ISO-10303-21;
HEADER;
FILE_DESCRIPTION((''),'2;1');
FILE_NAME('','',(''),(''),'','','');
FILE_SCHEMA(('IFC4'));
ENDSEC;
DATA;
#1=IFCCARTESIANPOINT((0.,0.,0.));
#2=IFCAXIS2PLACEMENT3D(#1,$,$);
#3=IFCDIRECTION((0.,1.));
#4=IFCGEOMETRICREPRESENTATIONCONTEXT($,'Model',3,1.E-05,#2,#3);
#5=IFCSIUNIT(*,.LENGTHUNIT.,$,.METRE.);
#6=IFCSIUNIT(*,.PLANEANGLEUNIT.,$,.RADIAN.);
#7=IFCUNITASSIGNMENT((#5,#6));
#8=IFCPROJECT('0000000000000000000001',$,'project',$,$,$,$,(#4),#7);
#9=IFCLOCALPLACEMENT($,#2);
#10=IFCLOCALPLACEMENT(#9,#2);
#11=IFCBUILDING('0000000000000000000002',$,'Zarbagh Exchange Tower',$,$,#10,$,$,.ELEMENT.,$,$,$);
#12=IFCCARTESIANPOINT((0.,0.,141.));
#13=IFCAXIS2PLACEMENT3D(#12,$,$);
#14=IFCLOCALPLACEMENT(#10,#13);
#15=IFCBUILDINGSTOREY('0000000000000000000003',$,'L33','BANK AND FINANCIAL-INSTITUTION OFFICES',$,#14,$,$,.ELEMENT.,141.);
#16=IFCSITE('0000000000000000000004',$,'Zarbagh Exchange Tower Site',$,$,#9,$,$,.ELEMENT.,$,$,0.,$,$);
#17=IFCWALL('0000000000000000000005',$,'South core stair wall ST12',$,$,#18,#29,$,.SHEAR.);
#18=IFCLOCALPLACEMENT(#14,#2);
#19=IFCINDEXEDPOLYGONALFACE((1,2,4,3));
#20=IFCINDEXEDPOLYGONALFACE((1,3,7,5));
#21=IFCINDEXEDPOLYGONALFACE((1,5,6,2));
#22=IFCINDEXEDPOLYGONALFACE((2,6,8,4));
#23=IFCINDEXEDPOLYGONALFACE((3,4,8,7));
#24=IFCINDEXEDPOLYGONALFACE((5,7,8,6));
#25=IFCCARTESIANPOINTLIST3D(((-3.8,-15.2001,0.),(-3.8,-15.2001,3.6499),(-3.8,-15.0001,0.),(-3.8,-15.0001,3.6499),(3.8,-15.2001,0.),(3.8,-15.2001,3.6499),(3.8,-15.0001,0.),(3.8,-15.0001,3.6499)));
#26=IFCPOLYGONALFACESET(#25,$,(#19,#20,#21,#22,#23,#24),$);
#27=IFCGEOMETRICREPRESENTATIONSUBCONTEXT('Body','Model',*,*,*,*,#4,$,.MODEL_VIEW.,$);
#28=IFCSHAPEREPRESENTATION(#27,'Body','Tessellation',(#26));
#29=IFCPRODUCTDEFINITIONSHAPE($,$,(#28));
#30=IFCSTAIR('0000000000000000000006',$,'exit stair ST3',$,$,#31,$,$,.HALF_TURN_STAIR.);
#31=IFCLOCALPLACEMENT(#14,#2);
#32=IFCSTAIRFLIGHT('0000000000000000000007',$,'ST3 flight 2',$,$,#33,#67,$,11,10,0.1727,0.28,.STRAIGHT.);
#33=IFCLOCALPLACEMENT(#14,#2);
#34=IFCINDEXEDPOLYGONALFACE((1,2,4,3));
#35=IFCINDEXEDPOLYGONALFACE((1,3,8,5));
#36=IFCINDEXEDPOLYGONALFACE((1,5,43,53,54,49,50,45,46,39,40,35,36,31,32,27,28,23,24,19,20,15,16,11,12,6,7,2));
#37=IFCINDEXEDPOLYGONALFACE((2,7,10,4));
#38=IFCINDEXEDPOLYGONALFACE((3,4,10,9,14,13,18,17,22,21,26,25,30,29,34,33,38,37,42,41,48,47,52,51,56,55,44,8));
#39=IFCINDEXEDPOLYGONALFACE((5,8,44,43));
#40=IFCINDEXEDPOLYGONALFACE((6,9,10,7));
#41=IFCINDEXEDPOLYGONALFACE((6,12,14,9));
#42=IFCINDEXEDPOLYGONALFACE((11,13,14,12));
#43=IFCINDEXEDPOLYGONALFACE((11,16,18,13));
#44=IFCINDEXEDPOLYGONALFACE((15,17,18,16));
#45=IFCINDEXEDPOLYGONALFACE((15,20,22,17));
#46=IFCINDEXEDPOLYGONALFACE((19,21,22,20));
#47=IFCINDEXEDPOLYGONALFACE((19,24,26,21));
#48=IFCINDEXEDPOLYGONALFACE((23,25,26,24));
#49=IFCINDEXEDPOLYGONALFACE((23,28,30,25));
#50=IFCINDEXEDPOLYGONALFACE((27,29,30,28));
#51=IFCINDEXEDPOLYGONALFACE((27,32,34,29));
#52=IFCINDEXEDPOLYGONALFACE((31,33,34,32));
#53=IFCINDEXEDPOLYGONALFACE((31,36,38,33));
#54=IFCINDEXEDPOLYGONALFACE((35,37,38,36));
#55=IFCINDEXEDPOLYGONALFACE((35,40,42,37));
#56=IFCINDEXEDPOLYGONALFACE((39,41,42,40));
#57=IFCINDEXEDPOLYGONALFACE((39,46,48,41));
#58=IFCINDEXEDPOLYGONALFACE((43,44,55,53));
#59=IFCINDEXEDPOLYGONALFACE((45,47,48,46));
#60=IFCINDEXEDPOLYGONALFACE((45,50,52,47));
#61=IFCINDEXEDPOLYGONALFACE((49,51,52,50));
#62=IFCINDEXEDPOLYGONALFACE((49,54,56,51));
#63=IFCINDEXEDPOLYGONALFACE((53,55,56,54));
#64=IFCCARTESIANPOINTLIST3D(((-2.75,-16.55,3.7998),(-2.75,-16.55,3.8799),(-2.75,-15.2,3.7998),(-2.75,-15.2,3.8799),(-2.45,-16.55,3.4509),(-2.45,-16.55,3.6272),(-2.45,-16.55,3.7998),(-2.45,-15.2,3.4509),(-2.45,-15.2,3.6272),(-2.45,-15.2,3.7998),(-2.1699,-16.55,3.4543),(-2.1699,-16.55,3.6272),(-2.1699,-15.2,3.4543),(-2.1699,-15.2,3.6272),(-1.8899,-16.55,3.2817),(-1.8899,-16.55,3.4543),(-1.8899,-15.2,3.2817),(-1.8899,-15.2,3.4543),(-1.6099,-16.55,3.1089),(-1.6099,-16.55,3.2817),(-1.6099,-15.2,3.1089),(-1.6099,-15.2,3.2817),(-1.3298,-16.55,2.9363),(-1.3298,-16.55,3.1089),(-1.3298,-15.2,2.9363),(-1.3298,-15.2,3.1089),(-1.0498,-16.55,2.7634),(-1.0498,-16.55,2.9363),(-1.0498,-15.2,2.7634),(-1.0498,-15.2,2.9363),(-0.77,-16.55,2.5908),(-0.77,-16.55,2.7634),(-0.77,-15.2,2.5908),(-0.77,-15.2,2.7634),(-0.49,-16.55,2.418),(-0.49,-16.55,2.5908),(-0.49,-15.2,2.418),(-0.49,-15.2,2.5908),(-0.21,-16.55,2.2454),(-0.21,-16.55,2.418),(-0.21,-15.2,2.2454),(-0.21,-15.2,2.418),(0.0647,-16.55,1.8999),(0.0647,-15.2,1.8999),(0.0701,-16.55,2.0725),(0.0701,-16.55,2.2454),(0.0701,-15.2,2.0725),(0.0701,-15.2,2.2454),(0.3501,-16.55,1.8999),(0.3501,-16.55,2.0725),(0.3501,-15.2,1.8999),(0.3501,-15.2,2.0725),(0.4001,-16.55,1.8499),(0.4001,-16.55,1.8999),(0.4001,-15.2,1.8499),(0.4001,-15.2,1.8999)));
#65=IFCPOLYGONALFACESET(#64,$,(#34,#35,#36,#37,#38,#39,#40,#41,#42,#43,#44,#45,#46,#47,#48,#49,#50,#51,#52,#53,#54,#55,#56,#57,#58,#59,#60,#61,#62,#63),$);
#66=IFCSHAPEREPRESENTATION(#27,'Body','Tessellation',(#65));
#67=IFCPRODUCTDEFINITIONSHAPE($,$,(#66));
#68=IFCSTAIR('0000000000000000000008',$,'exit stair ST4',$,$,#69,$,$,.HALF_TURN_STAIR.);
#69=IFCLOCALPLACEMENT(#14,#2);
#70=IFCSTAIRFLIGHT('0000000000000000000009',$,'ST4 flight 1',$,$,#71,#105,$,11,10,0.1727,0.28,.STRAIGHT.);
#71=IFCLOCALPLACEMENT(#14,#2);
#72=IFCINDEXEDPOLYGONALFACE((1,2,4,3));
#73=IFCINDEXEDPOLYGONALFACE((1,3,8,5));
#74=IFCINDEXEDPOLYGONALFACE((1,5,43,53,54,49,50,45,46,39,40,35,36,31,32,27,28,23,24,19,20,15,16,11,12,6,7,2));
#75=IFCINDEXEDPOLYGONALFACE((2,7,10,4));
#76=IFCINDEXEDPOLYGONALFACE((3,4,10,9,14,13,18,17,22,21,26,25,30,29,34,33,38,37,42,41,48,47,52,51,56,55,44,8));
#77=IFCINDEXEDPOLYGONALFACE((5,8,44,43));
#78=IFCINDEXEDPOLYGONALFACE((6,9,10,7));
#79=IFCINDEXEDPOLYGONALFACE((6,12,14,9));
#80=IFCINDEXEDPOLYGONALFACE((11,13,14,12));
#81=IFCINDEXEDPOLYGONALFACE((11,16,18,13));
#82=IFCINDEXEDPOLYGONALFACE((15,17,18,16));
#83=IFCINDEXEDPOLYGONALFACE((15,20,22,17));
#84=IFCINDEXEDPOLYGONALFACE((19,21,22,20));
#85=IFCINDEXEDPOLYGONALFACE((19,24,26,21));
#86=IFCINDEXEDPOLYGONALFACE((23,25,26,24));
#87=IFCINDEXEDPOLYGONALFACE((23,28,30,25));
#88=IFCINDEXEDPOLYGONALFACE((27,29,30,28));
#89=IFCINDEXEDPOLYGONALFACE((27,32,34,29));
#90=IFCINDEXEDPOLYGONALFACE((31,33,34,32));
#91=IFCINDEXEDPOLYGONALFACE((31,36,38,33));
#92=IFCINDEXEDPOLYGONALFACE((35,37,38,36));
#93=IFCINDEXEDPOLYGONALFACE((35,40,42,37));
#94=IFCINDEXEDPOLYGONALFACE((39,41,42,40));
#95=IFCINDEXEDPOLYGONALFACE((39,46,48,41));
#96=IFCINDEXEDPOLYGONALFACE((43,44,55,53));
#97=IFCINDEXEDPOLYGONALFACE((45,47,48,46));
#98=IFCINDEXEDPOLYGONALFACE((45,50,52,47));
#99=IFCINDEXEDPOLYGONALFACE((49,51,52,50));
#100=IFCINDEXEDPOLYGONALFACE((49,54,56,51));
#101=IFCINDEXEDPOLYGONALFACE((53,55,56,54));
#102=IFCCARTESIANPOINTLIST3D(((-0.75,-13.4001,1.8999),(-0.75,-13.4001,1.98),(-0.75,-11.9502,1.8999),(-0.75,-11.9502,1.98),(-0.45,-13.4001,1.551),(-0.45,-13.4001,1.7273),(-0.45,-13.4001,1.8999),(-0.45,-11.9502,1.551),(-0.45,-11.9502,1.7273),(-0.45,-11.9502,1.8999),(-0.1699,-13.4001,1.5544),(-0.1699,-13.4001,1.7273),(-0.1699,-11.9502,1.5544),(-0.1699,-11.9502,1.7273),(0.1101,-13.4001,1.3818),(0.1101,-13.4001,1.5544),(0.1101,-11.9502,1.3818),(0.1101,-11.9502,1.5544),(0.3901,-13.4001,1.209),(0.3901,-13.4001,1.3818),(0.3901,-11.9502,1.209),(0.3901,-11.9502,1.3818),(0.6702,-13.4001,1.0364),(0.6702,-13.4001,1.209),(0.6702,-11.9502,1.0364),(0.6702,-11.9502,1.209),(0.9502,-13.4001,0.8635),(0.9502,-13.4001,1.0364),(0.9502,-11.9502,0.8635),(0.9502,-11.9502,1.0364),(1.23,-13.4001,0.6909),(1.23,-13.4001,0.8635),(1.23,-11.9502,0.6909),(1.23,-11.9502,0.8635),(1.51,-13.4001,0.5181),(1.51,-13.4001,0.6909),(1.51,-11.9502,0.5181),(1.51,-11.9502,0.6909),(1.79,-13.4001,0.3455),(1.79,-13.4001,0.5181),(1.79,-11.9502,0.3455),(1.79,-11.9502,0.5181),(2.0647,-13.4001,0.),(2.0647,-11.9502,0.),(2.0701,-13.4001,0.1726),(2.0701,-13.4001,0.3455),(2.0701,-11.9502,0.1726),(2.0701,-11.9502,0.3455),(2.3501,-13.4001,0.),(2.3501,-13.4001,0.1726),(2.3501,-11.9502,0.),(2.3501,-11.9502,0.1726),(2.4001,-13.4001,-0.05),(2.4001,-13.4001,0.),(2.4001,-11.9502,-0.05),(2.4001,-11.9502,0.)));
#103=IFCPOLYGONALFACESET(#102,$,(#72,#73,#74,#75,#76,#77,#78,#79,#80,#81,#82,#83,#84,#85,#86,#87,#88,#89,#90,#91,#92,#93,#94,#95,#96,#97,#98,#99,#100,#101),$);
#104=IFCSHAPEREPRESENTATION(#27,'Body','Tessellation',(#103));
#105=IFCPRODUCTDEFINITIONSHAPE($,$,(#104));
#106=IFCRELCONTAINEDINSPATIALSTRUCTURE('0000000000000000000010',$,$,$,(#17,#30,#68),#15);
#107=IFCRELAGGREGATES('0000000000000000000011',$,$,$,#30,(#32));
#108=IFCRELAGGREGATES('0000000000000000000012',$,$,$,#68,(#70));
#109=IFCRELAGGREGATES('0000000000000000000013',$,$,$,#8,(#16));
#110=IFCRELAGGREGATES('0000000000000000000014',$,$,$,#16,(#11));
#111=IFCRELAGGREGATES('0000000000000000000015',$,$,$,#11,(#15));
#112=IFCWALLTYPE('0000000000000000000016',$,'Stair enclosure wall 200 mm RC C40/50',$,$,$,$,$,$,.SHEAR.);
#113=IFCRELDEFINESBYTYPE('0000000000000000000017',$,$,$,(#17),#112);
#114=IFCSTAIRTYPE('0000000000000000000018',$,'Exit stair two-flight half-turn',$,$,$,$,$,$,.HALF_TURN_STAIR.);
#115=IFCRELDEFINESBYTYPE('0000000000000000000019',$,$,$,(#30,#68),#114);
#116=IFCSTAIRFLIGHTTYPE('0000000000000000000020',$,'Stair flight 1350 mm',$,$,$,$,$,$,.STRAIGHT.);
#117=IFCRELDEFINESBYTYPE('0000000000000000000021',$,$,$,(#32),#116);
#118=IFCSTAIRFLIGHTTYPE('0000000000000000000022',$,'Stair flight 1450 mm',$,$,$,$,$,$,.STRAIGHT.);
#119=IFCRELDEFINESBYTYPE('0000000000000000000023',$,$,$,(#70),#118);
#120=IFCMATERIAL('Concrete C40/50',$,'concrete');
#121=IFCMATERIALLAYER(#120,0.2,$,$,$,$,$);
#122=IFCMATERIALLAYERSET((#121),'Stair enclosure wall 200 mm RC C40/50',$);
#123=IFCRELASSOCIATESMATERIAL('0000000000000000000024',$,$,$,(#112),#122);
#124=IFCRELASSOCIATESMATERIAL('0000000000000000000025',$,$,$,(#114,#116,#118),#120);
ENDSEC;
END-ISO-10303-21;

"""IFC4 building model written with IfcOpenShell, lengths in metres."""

from ifc_helpers import new_model, si_unit, direction, frame, frame_2d, origin, place, context, subcontext, project, spatial, polyline, rectangle, outline, extrude, material, layer, layer_set, type_object, element, aggregate, save


model = new_model("IFC4")

# Units and contexts
model_context = context("Model", 3, precision=1e-05, world=origin(), true_north=direction((0.0, 1.0)))
body_context = subcontext(model_context, "Body", "Model", "MODEL_VIEW")
ifc_project = project(units=[si_unit("LENGTHUNIT", "METRE"), si_unit("PLANEANGLEUNIT", "RADIAN")], contexts=[model_context])

# Site, building, storey
site_placement = place(None, origin())
site = spatial("IfcSite", under=ifc_project, at=site_placement, Name="Zarbagh Exchange Tower Site", CompositionType="ELEMENT", RefElevation=0.0)
building_placement = place(site_placement, origin())
building = spatial("IfcBuilding", under=site, at=building_placement, Name="Zarbagh Exchange Tower", CompositionType="ELEMENT")
storey_placement = place(building_placement, frame((0.0, 0.0, 141.0)))
storey = spatial("IfcBuildingStorey", under=building, at=storey_placement, Name="L33", Description="BANK AND FINANCIAL-INSTITUTION OFFICES", CompositionType="ELEMENT", Elevation=141.0)

# Wall
ifc_material_1 = material(Name="Concrete C40/50", Category="concrete")
ifc_layer_1 = layer(ifc_material_1, 0.2)
ifc_layer_set_1 = layer_set([ifc_layer_1], Name="Stair enclosure wall 200 mm RC C40/50")
wall_type_1 = type_object("IfcWallType", Name="Stair enclosure wall 200 mm RC C40/50", PredefinedType="SHEAR", material=ifc_layer_set_1)
for number, where, z_axis, x_axis, name in (
    (1, (3.8, -15.1001, 0.0), (0.0, 0.0, 1.0), (-1.0, 0.0, 0.0), "South core stair wall ST12"),
):
    element("IfcWall", number, at=place(storey_placement, frame(where, z_axis=z_axis, x_axis=x_axis)), inside=storey, type_object=wall_type_1, Name=name, PredefinedType="SHEAR", context=body_context, shape_type="SweptSolid", body=[
        extrude(rectangle(XDim=7.6001, YDim=0.2, at=frame_2d((3.8, 0.0))), origin(), (0.0, 0.0, 1.0), 3.6499),
    ])

# Stairs, stair flights
stair_type = type_object("IfcStairType", Name="Exit stair two-flight half-turn", PredefinedType="HALF_TURN_STAIR", material=ifc_material_1)
stair_1_placement = place(storey_placement, origin())
stair_1 = element("IfcStair", 2, at=stair_1_placement, inside=storey, type_object=stair_type, Name="exit stair ST3", PredefinedType="HALF_TURN_STAIR")
stair_flight_type_1 = type_object("IfcStairFlightType", Name="Stair flight 1350 mm", PredefinedType="STRAIGHT", material=ifc_material_1)
stair_flight_1_placement = place(storey_placement, frame((0.3501, -15.875, 1.8999), z_axis=(0.0, 0.0, 1.0), x_axis=(-1.0, 0.0, 0.0)))
stair_flight_1 = element("IfcStairFlight", 3, at=stair_flight_1_placement, type_object=stair_flight_type_1, Name="ST3 flight 2", NumberOfRisers=11, NumberOfTreads=10, PredefinedType="STRAIGHT", RiserHeight=0.1727, TreadLength=0.28, context=body_context, shape_type="SweptSolid", body=[
    extrude(outline(polyline([(-0.05, -0.05), (-0.05, 0.0), (0.0, 0.0), (0.0, 0.1726), (0.28, 0.1726), (0.28, 0.3455), (0.5601, 0.3455), (0.5601, 0.5181), (0.8401, 0.5181), (0.8401, 0.6909), (1.1201, 0.6909), (1.1201, 0.8635), (1.3999, 0.8635), (1.3999, 1.0364), (1.6799, 1.0364), (1.6799, 1.209), (1.96, 1.209), (1.96, 1.3818), (2.24, 1.3818), (2.24, 1.5544), (2.52, 1.5544), (2.52, 1.7273), (2.8, 1.7273), (2.8, 1.8999), (3.1001, 1.98), (3.1001, 1.8999), (2.8, 1.551), (0.2854, 0.0), (-0.05, -0.05)])), frame((0.0, 0.675, 0.0), z_axis=(0.0, -1.0, 0.0), x_axis=(1.0, 0.0, 0.0)), (0.0, 0.0, 1.0), 1.3501),
])
aggregate(stair_1, [stair_flight_1])
stair_2_placement = place(storey_placement, origin())
stair_2 = element("IfcStair", 4, at=stair_2_placement, inside=storey, type_object=stair_type, Name="exit stair ST4", PredefinedType="HALF_TURN_STAIR")
stair_flight_type_2 = type_object("IfcStairFlightType", Name="Stair flight 1450 mm", PredefinedType="STRAIGHT", material=ifc_material_1)
stair_flight_2_placement = place(storey_placement, frame((2.3501, -12.675, 0.0), z_axis=(0.0, 0.0, 1.0), x_axis=(-1.0, 0.0, 0.0)))
stair_flight_2 = element("IfcStairFlight", 5, at=stair_flight_2_placement, type_object=stair_flight_type_2, Name="ST4 flight 1", NumberOfRisers=11, NumberOfTreads=10, PredefinedType="STRAIGHT", RiserHeight=0.1727, TreadLength=0.28, context=body_context, shape_type="SweptSolid", body=[
    extrude(outline(polyline([(-0.05, -0.05), (-0.05, 0.0), (0.0, 0.0), (0.0, 0.1726), (0.28, 0.1726), (0.28, 0.3455), (0.5601, 0.3455), (0.5601, 0.5181), (0.8401, 0.5181), (0.8401, 0.6909), (1.1201, 0.6909), (1.1201, 0.8635), (1.3999, 0.8635), (1.3999, 1.0364), (1.6799, 1.0364), (1.6799, 1.209), (1.96, 1.209), (1.96, 1.3818), (2.24, 1.3818), (2.24, 1.5544), (2.52, 1.5544), (2.52, 1.7273), (2.8, 1.7273), (2.8, 1.8999), (3.1001, 1.98), (3.1001, 1.8999), (2.8, 1.551), (0.2854, 0.0), (-0.05, -0.05)])), frame((0.0, 0.7251, 0.0), z_axis=(0.0, -1.0, 0.0), x_axis=(1.0, 0.0, 0.0)), (0.0, 0.0, 1.0), 1.45),
])
aggregate(stair_2, [stair_flight_2])

save(model, "model.ifc")
